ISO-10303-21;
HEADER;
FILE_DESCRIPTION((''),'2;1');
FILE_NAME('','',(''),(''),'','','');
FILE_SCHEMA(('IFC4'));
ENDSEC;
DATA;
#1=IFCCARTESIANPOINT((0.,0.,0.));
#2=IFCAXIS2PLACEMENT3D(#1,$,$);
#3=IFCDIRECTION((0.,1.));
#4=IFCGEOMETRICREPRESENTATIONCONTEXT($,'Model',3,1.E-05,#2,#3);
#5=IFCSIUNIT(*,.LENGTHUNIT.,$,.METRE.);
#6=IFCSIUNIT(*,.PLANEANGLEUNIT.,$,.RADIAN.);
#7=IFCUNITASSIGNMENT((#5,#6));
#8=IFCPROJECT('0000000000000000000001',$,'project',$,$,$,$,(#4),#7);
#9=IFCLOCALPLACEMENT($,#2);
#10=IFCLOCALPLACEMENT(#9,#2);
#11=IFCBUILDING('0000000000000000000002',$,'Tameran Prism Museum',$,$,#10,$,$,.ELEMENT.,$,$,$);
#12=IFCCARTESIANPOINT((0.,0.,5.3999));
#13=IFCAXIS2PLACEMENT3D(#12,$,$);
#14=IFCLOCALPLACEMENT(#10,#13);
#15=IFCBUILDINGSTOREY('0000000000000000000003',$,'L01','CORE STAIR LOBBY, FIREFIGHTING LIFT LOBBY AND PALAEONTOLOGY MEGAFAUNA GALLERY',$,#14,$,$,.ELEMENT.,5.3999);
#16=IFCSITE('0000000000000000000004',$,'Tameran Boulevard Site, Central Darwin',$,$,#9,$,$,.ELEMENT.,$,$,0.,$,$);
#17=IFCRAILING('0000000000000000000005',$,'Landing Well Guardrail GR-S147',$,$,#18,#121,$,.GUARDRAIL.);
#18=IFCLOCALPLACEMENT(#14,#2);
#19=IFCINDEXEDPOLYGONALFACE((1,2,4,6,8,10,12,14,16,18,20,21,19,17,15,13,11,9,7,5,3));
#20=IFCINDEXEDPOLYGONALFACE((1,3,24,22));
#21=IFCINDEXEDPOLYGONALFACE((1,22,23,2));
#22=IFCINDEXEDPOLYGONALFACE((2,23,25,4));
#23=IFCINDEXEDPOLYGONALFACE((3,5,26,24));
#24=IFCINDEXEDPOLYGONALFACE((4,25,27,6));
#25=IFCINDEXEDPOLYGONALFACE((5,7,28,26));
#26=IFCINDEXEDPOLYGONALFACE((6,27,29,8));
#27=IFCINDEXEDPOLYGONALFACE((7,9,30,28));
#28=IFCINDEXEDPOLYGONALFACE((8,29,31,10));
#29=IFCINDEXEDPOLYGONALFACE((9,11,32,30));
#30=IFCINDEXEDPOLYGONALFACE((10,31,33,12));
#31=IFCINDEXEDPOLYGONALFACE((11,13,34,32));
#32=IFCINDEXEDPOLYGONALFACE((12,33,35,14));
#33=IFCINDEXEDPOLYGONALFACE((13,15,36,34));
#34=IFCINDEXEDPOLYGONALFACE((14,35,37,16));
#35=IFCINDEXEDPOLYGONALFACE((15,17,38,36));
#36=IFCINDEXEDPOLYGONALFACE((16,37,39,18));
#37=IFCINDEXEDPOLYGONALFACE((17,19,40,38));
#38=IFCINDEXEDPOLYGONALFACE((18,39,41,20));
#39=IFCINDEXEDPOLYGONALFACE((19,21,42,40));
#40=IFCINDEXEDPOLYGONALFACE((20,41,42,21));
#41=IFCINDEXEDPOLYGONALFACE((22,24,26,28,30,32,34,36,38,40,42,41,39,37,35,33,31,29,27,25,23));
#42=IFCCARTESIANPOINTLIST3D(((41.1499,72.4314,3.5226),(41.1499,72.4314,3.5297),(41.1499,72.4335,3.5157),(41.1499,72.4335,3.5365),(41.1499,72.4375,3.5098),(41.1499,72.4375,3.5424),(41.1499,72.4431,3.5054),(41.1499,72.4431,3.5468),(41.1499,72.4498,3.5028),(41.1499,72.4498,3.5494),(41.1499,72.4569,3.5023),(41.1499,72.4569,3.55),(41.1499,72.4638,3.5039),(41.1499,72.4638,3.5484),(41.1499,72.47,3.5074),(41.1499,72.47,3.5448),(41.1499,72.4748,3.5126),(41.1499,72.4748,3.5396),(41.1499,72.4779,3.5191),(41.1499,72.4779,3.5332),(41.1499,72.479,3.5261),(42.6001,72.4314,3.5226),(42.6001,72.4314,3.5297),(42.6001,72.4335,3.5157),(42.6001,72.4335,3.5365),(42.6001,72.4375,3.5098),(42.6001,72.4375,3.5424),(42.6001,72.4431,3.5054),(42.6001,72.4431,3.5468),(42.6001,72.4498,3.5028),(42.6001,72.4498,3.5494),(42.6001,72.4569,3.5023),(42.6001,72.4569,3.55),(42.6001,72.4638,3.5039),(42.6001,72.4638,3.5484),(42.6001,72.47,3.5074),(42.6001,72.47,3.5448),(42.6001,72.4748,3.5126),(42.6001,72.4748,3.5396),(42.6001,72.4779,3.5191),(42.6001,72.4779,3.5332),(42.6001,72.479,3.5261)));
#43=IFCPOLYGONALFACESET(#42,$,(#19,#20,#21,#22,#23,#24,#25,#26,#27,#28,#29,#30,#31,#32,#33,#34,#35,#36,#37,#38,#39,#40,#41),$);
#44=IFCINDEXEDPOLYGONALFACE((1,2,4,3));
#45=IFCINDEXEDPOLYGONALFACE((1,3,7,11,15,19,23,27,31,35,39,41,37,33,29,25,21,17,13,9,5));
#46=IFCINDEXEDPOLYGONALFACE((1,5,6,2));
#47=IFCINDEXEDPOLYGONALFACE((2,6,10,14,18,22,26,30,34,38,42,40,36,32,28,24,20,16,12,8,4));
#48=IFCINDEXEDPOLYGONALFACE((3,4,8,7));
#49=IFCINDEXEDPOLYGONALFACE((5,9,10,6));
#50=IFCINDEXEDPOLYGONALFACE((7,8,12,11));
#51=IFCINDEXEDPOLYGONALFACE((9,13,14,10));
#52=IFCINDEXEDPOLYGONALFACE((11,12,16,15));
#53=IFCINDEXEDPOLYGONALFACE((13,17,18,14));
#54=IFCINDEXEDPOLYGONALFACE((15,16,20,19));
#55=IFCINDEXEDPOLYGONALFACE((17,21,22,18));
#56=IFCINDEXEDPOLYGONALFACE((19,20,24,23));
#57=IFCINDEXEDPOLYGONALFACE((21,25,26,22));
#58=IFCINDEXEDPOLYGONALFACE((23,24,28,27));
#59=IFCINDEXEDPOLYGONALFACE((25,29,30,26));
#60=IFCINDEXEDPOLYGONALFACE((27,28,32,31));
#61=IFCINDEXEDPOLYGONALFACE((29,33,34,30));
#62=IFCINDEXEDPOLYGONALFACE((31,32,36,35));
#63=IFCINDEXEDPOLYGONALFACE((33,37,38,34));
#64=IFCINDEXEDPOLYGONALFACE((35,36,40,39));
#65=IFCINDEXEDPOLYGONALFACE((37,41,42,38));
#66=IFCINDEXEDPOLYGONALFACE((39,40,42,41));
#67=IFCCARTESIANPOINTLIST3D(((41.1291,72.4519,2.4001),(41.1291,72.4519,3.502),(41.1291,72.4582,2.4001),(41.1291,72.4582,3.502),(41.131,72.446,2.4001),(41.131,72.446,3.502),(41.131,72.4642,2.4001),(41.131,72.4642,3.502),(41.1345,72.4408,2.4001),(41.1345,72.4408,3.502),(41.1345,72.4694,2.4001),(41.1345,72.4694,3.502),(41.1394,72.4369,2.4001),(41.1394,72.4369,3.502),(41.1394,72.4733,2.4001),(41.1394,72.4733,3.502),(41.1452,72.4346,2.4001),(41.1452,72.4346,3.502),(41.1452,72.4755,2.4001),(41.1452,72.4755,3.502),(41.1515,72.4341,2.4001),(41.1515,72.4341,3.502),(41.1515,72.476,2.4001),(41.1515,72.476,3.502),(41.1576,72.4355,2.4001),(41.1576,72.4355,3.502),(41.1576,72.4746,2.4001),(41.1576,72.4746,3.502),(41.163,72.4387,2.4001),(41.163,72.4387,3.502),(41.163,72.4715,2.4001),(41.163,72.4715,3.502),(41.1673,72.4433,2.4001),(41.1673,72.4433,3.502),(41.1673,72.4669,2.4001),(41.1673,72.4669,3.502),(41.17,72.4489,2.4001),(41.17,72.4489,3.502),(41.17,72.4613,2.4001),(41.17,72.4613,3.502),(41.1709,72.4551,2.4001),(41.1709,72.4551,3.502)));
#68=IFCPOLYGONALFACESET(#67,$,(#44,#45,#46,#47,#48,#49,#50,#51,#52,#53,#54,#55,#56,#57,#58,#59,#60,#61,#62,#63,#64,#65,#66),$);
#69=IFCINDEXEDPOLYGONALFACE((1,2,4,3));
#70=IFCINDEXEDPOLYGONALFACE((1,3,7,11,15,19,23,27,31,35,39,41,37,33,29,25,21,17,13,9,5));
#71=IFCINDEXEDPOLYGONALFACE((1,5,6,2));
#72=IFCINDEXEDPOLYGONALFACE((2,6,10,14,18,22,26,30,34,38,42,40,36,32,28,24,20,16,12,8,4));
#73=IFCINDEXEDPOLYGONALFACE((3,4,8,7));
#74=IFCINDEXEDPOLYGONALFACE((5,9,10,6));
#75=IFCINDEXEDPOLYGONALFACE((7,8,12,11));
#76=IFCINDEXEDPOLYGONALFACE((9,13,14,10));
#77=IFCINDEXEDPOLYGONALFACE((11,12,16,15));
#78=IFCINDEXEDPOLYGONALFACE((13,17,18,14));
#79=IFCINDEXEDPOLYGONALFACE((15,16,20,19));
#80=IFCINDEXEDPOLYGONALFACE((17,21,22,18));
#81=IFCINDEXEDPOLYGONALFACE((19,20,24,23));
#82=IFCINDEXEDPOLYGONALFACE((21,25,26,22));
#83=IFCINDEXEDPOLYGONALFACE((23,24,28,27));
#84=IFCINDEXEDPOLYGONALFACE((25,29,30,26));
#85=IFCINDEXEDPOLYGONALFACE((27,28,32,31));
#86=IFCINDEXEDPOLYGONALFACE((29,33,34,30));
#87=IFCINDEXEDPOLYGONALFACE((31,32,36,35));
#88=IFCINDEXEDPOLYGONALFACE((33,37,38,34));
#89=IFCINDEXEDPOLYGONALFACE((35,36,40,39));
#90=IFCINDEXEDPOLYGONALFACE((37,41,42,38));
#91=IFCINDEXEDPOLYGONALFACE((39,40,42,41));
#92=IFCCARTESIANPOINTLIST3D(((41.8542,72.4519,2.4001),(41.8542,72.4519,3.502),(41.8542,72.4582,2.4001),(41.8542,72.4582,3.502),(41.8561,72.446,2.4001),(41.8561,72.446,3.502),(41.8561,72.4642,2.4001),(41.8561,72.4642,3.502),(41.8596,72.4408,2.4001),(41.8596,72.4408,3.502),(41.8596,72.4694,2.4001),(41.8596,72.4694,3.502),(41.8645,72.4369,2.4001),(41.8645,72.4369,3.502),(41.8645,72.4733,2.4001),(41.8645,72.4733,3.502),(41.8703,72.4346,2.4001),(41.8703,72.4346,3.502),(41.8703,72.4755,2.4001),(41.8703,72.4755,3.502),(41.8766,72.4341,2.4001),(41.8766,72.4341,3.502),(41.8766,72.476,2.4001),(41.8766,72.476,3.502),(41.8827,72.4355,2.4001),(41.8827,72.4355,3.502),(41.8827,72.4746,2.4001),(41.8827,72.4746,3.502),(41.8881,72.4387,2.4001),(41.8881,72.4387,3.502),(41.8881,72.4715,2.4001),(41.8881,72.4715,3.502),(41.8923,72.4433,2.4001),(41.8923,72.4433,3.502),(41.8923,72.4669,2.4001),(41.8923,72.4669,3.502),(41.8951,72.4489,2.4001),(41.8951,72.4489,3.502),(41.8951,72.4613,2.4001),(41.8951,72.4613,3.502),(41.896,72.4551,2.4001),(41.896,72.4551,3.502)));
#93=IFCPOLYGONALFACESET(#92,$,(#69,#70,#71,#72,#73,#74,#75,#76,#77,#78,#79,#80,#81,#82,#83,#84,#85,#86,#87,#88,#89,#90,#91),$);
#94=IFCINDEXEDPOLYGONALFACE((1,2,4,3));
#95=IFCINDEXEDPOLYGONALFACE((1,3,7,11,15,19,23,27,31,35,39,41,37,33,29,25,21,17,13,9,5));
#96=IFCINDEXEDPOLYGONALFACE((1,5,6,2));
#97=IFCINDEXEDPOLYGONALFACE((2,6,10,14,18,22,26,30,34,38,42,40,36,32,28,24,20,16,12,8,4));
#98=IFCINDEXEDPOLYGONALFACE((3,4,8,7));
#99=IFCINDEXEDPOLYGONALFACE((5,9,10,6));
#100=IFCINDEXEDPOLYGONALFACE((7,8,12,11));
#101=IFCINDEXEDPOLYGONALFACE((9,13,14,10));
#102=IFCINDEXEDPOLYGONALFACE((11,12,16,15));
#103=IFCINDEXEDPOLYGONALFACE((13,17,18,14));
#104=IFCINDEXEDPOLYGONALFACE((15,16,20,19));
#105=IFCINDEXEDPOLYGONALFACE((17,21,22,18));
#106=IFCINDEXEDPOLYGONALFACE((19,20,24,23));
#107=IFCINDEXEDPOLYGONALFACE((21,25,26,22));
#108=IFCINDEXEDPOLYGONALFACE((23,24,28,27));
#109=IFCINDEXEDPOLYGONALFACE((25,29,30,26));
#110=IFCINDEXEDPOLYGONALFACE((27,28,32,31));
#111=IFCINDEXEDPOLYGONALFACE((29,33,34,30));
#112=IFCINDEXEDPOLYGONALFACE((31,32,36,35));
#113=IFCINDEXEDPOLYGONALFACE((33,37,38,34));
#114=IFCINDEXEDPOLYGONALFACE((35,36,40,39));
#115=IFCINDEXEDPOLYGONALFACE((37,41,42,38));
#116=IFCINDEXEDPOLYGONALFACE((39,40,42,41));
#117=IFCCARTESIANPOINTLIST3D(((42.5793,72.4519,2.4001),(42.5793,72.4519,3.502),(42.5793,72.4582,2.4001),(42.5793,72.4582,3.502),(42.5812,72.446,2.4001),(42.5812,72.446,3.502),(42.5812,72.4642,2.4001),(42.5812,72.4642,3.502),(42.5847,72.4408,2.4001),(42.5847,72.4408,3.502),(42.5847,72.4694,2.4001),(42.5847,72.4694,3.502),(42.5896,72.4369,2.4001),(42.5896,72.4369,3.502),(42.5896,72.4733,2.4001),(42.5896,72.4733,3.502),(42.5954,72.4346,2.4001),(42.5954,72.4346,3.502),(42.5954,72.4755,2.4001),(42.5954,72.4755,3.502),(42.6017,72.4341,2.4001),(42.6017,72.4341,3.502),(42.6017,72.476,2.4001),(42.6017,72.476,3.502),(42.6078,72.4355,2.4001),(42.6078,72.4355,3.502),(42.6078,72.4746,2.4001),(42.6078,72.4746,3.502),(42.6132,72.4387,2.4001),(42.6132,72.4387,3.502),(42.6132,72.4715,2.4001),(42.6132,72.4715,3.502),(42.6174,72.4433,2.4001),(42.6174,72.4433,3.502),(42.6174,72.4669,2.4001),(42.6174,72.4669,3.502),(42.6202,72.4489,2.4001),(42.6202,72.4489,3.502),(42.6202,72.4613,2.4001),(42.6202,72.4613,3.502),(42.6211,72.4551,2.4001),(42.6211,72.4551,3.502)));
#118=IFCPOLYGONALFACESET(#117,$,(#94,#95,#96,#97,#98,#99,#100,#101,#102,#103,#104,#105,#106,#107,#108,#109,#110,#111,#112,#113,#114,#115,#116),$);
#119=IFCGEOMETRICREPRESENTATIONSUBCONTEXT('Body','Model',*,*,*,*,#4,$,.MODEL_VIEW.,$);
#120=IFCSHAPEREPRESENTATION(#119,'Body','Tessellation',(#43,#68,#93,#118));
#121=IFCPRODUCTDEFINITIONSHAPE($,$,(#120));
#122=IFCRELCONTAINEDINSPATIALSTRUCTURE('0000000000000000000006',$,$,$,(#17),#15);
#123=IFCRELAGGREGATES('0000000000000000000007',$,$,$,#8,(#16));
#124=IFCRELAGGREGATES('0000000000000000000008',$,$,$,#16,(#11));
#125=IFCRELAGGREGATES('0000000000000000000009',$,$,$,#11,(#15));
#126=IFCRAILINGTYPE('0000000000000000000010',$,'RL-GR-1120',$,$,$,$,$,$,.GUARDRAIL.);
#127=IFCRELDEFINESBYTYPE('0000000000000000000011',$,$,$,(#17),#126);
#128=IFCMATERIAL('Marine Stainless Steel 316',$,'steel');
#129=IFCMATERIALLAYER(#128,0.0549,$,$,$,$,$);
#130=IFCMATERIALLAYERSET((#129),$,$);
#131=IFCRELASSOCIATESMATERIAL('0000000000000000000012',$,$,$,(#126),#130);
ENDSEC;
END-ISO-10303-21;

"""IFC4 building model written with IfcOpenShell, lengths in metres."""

from ifc_helpers import new_model, si_unit, direction, frame, origin, origin_2d, place, context, subcontext, project, spatial, circle, extrude, material, layer, layer_set, type_object, element, save


model = new_model("IFC4")

# Units and contexts
model_context = context("Model", 3, precision=1e-05, world=origin(), true_north=direction((0.0, 1.0)))
body_context = subcontext(model_context, "Body", "Model", "MODEL_VIEW")
ifc_project = project(units=[si_unit("LENGTHUNIT", "METRE"), si_unit("PLANEANGLEUNIT", "RADIAN")], contexts=[model_context])

# Site, building, storey
site_placement = place(None, origin())
site = spatial("IfcSite", under=ifc_project, at=site_placement, Name="Tameran Boulevard Site, Central Darwin", CompositionType="ELEMENT", RefElevation=0.0)
building_placement = place(site_placement, origin())
building = spatial("IfcBuilding", under=site, at=building_placement, Name="Tameran Prism Museum", CompositionType="ELEMENT")
storey_placement = place(building_placement, frame((0.0, 0.0, 5.3999)))
storey = spatial("IfcBuildingStorey", under=building, at=storey_placement, Name="L01", Description="CORE STAIR LOBBY, FIREFIGHTING LIFT LOBBY AND PALAEONTOLOGY MEGAFAUNA GALLERY", CompositionType="ELEMENT", Elevation=5.3999)

# Railing
ifc_material_1 = material(Name="Marine Stainless Steel 316", Category="steel")
ifc_layer_1 = layer(ifc_material_1, 0.0549)
ifc_layer_set_1 = layer_set([ifc_layer_1])
railing_type_1 = type_object("IfcRailingType", Name="RL-GR-1120", PredefinedType="GUARDRAIL", material=ifc_layer_set_1)
railing_1_placement = place(storey_placement, frame((41.1499, 72.4551, 2.4001)))
element("IfcRailing", 1, at=railing_1_placement, inside=storey, type_object=railing_type_1, Name="Landing Well Guardrail GR-S147", PredefinedType="GUARDRAIL", context=body_context, shape_type="SweptSolid", body=[
    extrude(circle(Radius=0.0239, at=origin_2d()), frame((0.0, 0.0, 1.126), z_axis=(1.0, 0.0, 0.0), x_axis=(0.0, 1.0, 0.0)), (0.0, 0.0, 1.0), 1.4502),
    extrude(circle(Radius=0.021, at=origin_2d()), origin(), (0.0, 0.0, 1.0), 1.1018),
    extrude(circle(Radius=0.021, at=origin_2d()), frame((0.7251, 0.0, 0.0)), (0.0, 0.0, 1.0), 1.1018),
    extrude(circle(Radius=0.021, at=origin_2d()), frame((1.4502, 0.0, 0.0)), (0.0, 0.0, 1.0), 1.1018),
])

save(model, "model.ifc")
